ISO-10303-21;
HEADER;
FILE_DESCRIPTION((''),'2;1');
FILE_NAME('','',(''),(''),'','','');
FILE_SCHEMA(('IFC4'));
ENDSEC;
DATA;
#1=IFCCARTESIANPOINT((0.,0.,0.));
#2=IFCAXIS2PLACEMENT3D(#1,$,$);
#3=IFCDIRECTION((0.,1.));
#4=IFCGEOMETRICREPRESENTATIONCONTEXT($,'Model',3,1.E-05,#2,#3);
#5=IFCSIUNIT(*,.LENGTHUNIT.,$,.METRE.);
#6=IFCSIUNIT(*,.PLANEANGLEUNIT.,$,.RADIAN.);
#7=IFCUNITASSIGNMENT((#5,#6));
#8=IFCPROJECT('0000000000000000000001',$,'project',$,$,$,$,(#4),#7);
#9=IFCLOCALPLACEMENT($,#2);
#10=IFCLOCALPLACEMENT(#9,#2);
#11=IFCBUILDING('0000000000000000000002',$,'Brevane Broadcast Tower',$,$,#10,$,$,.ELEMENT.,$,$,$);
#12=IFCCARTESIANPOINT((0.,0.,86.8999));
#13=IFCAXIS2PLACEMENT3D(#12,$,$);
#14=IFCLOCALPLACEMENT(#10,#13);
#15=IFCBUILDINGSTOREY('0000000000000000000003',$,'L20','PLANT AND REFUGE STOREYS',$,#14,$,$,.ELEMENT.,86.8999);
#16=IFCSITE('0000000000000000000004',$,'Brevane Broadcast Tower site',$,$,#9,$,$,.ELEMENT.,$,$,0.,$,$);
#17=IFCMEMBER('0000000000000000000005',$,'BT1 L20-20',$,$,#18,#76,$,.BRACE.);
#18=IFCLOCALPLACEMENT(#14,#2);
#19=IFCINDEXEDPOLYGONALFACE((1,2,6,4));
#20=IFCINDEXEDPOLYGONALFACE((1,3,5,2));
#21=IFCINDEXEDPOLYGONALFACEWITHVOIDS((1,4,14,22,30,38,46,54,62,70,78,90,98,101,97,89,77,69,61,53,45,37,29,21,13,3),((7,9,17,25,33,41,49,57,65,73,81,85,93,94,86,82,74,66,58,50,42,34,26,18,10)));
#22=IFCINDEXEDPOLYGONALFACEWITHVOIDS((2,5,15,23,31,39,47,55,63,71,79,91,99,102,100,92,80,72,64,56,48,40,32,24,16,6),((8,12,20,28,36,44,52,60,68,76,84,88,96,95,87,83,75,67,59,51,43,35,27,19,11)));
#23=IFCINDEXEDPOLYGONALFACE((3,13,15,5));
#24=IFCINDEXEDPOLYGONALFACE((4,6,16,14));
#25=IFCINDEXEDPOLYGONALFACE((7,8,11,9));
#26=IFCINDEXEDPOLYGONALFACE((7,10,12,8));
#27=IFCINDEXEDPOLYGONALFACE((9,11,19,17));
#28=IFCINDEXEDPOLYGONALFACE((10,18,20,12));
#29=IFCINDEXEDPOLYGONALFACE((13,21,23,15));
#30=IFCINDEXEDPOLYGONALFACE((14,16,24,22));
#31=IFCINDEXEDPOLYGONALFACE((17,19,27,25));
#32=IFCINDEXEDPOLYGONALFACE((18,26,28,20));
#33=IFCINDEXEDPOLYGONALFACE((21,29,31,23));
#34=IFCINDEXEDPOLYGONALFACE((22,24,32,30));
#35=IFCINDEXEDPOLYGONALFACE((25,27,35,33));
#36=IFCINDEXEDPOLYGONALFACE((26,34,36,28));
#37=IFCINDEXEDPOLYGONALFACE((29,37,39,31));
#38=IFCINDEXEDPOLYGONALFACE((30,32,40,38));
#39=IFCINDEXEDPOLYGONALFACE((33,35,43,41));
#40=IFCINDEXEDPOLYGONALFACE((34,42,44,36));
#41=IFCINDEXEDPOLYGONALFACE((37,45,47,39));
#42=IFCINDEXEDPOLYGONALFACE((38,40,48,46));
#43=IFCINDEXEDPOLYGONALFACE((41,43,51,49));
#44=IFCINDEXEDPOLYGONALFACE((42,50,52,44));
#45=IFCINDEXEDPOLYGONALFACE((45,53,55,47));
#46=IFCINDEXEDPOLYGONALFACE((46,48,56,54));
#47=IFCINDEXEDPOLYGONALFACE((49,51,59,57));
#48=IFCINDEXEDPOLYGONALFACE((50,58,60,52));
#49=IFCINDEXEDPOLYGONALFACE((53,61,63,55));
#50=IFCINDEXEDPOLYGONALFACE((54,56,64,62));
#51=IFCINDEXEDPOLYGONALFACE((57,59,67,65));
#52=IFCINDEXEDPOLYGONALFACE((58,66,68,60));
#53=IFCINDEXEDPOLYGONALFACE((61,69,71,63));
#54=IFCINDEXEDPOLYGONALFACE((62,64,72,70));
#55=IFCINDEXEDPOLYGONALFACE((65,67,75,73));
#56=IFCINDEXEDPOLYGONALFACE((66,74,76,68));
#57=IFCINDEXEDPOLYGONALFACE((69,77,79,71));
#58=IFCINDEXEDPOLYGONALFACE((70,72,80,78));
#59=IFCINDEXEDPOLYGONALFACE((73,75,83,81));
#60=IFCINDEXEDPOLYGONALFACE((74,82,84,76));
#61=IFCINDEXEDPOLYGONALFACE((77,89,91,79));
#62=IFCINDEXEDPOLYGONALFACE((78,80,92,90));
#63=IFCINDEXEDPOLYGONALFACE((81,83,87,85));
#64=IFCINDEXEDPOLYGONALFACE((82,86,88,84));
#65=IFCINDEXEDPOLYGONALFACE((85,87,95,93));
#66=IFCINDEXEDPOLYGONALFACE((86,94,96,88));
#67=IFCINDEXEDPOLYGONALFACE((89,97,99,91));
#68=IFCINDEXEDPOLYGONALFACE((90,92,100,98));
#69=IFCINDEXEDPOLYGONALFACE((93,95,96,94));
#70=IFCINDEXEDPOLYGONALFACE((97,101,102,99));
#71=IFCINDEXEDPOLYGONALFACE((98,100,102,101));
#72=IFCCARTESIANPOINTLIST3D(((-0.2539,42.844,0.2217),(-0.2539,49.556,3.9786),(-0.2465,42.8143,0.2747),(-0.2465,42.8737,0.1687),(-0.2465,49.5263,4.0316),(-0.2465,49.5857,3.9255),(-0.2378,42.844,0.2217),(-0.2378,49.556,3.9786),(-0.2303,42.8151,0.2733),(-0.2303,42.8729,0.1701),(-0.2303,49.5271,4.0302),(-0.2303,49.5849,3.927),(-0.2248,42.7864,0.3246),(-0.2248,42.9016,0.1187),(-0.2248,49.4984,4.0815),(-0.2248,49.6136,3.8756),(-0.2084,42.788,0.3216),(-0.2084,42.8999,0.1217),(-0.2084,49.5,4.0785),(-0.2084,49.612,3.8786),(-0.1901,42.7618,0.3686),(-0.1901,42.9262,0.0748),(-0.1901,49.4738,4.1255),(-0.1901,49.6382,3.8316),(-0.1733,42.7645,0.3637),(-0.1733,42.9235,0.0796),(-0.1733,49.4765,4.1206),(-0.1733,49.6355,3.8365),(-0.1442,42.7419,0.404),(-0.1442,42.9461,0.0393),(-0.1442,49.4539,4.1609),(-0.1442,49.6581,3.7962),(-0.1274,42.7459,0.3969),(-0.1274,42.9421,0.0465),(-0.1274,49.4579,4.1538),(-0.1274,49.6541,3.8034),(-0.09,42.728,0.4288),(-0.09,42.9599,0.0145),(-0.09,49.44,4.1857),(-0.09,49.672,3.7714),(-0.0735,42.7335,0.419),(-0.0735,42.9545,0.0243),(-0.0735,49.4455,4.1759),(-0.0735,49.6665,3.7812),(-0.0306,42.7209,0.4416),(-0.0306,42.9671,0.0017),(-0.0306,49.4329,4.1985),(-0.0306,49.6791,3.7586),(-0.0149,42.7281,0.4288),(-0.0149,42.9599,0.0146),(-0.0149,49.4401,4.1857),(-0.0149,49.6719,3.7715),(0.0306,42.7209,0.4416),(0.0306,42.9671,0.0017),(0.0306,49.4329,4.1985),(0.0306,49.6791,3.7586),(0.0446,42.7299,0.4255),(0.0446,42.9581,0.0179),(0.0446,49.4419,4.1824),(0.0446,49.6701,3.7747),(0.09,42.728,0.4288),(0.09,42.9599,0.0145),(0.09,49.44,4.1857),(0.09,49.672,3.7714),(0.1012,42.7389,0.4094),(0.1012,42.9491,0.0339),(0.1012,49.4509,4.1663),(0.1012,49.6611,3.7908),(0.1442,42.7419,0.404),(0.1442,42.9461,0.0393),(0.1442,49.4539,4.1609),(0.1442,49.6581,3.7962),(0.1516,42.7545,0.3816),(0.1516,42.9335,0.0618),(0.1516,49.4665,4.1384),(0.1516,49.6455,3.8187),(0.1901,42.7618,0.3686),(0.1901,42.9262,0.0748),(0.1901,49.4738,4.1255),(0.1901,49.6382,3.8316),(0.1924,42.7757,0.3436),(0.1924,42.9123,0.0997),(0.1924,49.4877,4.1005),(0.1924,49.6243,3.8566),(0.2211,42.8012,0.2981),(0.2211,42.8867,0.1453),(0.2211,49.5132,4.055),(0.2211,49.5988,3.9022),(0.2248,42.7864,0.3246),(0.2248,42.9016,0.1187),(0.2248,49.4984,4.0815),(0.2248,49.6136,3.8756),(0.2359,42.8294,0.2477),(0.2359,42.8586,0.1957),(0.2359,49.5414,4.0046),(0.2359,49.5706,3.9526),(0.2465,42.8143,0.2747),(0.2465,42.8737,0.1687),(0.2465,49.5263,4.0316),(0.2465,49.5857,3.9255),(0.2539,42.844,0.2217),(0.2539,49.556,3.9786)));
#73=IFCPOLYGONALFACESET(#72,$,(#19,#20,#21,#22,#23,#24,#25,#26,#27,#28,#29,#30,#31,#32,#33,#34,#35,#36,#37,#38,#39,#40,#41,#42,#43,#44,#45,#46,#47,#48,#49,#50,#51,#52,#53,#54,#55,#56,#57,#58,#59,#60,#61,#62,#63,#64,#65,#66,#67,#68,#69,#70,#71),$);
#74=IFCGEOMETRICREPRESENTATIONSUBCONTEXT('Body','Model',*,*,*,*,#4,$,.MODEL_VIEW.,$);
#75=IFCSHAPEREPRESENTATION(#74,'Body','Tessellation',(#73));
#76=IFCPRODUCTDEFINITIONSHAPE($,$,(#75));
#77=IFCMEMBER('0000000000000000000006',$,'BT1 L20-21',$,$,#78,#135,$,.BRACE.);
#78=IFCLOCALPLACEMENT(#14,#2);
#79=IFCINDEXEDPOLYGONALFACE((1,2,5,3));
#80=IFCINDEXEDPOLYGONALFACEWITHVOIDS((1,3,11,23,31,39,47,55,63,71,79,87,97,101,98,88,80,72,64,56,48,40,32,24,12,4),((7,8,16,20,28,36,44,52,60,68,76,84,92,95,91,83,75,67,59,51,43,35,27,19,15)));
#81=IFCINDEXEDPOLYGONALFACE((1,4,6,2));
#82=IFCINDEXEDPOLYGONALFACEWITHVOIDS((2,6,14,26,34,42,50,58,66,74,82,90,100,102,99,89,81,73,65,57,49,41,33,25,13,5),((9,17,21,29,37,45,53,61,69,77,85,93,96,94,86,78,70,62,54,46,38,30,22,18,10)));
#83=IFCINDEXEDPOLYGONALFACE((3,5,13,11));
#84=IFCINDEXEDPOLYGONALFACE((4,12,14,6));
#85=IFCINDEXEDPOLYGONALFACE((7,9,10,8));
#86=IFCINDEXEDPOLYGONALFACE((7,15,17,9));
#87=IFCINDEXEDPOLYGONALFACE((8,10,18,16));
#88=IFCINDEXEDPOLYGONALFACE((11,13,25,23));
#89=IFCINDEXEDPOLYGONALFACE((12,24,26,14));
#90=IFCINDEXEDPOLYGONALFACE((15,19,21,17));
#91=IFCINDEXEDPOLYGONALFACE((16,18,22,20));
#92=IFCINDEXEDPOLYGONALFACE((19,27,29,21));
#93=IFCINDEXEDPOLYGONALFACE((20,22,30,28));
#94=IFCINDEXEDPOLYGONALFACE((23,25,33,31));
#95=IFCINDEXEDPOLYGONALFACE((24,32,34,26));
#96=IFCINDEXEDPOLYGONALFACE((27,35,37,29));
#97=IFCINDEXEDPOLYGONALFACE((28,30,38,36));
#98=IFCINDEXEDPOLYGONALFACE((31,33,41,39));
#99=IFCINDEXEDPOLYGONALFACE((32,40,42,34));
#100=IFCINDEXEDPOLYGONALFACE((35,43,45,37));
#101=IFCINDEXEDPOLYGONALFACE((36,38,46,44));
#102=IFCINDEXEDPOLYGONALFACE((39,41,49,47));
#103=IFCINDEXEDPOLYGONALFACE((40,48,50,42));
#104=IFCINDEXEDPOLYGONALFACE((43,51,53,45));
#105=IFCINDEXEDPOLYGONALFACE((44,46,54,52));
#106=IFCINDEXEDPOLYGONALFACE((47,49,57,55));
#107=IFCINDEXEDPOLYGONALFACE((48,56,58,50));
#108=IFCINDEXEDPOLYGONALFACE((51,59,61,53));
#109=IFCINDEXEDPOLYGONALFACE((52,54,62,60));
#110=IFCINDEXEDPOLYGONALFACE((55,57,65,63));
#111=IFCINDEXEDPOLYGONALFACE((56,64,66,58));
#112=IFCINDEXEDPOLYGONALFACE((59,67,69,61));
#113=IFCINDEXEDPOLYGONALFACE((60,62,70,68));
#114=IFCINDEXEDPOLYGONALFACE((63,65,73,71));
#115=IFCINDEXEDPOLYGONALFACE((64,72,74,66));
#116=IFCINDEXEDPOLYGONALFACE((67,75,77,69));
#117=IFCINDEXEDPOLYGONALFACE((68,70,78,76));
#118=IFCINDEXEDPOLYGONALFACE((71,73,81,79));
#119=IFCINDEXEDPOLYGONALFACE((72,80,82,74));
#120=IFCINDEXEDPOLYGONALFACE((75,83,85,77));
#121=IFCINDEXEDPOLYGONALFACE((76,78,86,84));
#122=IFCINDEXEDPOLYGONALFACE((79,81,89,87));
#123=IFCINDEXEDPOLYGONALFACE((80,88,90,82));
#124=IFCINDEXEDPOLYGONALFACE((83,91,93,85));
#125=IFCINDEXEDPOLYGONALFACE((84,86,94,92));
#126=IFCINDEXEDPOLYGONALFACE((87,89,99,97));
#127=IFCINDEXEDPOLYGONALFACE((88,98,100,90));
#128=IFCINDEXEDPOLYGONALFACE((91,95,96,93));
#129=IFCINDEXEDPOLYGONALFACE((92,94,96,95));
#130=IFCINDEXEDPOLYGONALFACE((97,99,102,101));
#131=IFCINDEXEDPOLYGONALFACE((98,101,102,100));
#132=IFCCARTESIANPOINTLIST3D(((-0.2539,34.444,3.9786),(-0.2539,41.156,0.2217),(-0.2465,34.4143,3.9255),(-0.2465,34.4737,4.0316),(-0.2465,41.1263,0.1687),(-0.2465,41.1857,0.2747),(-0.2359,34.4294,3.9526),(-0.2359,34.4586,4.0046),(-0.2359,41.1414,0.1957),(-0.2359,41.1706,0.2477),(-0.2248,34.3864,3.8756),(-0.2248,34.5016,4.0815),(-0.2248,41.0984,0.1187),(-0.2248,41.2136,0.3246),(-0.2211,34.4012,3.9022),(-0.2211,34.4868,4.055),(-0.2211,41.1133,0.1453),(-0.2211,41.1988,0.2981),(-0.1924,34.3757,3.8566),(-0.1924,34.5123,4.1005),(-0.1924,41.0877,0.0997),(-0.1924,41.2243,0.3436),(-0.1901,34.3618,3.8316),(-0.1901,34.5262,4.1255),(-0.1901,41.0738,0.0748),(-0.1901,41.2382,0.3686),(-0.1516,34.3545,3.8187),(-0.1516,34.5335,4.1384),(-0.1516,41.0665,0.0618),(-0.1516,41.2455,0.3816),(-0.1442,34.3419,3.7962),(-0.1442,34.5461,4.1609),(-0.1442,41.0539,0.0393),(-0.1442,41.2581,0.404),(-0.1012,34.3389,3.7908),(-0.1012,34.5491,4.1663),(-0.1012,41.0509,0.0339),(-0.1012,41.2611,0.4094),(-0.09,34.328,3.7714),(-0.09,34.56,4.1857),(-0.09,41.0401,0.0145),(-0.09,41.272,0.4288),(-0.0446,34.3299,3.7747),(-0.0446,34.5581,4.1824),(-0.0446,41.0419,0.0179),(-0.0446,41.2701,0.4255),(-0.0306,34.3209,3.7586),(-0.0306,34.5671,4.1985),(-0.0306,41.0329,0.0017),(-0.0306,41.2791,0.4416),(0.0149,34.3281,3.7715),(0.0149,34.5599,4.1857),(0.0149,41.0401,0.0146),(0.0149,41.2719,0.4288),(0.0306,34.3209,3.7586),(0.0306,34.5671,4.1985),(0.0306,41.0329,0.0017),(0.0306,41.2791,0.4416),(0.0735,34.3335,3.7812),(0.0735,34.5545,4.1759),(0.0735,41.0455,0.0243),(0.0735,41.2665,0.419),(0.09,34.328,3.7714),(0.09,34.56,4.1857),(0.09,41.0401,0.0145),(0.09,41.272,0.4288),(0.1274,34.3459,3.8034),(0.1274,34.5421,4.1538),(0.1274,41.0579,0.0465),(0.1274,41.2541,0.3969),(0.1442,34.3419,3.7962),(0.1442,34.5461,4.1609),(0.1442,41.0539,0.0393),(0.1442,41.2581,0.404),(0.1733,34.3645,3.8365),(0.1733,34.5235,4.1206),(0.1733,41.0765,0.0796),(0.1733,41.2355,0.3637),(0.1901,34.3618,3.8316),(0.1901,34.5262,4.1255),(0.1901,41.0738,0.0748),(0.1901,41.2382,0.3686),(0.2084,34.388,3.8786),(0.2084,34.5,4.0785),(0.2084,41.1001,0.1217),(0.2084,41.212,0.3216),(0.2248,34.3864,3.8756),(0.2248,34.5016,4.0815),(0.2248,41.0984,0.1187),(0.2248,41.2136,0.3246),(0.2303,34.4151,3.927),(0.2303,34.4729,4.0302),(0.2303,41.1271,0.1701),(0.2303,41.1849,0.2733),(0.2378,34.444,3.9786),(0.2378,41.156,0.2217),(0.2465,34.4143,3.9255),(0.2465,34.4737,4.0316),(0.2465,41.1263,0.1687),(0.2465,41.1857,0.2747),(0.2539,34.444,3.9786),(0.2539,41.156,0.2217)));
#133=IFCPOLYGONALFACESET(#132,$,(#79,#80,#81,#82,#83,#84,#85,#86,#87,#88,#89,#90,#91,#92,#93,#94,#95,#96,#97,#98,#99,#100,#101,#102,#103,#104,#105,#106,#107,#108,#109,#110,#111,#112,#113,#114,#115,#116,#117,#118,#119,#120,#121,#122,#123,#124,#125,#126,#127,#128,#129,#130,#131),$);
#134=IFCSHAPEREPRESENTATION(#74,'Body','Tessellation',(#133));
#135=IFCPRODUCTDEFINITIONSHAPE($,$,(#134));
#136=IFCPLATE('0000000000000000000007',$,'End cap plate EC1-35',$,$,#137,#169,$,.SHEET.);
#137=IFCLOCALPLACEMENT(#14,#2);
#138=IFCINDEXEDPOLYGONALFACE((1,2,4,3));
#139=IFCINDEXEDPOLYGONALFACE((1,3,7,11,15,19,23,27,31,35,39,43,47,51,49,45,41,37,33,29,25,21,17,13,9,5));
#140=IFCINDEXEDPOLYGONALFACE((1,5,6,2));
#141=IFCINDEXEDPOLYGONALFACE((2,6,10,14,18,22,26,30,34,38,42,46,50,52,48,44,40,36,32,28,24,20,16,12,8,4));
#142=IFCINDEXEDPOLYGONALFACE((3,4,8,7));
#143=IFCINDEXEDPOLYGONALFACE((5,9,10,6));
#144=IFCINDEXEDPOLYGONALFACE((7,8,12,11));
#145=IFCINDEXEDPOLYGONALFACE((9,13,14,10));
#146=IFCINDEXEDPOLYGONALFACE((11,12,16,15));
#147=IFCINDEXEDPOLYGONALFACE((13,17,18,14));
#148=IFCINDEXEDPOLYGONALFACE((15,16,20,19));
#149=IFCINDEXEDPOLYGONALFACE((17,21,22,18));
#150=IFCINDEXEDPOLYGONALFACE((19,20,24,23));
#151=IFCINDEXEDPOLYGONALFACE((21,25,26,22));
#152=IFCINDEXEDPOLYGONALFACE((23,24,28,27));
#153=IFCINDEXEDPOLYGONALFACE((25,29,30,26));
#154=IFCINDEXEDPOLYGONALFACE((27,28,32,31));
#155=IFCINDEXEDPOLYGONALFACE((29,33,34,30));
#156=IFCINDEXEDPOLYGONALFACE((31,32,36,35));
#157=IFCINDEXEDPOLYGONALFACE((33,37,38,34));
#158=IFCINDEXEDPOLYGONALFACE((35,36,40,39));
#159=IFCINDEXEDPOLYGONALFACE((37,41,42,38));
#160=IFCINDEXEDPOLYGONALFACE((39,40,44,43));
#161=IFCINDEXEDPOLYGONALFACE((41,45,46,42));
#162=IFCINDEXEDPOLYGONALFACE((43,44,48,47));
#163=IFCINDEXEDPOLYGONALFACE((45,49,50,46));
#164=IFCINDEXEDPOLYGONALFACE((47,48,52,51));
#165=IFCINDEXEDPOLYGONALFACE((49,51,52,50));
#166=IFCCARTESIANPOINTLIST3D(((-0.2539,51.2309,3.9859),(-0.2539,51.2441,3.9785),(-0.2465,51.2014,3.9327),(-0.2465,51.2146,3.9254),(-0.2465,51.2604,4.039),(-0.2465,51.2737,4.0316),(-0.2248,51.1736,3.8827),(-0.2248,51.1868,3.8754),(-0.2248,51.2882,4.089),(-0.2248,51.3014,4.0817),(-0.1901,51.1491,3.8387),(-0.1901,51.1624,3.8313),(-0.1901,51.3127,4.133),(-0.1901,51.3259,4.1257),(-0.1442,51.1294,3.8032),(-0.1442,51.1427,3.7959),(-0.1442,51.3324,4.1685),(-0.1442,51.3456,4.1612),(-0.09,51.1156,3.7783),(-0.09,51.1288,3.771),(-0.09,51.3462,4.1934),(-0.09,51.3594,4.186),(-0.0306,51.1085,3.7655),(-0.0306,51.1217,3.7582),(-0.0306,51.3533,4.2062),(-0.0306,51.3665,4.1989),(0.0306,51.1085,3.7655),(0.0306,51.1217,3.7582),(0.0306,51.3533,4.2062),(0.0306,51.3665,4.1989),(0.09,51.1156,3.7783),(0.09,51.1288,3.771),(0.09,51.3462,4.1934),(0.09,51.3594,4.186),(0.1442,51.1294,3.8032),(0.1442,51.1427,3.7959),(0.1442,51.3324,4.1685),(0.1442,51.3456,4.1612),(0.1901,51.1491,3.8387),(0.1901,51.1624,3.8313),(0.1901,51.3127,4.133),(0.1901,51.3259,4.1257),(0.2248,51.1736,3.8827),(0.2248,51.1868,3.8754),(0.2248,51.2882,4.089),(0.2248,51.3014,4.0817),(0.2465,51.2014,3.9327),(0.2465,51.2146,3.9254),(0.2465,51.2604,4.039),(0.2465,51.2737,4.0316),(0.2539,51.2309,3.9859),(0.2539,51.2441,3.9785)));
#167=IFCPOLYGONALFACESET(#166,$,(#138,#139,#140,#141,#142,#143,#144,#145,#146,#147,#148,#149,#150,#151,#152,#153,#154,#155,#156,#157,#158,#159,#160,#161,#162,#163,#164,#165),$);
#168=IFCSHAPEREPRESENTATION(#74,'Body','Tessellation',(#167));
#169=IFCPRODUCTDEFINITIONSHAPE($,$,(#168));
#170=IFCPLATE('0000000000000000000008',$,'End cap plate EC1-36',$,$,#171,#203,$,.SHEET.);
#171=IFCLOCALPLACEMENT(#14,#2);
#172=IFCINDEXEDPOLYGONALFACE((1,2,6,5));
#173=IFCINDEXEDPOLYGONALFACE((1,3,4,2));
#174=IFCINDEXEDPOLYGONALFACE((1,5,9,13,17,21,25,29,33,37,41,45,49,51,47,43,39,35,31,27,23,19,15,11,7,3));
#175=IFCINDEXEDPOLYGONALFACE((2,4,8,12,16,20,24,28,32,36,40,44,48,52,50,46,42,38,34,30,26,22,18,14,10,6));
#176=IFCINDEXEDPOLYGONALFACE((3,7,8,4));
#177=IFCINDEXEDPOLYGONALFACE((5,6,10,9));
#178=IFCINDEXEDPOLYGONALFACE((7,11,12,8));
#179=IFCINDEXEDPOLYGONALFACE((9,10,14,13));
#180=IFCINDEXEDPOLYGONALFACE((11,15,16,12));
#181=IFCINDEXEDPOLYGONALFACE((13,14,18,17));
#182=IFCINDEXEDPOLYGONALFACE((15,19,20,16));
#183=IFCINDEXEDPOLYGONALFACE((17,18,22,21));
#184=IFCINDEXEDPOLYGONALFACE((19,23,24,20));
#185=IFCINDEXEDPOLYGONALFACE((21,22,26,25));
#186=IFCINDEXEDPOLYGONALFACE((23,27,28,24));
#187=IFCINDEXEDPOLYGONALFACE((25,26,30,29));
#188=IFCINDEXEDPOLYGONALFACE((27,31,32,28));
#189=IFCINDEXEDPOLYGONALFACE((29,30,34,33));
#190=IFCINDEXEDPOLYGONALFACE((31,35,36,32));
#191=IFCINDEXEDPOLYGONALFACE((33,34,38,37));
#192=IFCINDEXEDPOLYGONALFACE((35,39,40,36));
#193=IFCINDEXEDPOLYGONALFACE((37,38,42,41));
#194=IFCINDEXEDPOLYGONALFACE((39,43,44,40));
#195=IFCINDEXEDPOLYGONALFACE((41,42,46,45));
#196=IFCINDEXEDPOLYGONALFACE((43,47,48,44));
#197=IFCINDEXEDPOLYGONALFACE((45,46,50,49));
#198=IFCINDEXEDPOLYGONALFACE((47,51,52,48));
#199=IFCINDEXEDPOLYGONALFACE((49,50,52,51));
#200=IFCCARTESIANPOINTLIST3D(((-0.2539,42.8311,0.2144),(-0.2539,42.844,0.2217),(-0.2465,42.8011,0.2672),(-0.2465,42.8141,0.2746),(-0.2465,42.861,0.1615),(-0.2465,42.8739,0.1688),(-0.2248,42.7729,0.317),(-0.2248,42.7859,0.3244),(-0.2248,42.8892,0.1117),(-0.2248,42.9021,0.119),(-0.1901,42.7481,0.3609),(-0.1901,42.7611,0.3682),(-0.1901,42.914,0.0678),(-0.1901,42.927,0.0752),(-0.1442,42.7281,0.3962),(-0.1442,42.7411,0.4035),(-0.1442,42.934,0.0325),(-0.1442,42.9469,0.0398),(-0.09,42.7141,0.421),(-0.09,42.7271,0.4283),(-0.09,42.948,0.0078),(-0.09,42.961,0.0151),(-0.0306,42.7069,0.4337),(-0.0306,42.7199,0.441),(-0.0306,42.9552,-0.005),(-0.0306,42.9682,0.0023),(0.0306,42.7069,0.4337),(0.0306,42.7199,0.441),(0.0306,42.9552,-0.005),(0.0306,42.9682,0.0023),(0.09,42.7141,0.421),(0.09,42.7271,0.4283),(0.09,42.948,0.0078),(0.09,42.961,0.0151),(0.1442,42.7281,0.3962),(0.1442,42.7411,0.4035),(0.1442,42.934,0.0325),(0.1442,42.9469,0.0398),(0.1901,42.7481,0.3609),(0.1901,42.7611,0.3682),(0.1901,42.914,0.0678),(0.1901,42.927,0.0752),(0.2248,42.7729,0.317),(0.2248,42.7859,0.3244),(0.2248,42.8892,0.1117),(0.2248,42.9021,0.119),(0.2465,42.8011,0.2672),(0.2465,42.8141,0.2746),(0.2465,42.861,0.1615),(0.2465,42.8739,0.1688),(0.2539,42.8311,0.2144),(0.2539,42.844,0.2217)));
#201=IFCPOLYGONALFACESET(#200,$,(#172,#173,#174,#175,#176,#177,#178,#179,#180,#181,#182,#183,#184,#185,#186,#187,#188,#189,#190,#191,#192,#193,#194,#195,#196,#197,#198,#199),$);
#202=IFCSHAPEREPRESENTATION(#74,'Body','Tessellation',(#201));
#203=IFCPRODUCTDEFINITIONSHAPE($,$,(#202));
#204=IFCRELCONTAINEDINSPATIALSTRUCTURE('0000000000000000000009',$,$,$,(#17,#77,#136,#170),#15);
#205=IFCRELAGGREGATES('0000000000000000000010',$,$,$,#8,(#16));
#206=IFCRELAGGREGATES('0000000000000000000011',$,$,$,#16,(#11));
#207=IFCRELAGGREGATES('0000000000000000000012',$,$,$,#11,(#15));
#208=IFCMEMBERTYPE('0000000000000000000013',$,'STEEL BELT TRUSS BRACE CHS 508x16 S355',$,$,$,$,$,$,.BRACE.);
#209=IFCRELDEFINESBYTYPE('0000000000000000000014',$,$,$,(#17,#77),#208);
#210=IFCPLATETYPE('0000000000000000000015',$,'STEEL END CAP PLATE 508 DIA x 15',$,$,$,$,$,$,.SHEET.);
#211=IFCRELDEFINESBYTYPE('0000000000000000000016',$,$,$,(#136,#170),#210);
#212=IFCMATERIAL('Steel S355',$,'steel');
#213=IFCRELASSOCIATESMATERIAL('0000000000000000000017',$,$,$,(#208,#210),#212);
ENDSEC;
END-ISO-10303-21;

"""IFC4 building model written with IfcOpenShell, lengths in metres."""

from ifc_helpers import new_model, si_unit, direction, frame, origin, origin_2d, place, context, subcontext, project, spatial, circle, hollow_circle, extrude, material, material_profile, profile_set, type_object, element, save


model = new_model("IFC4")

# Units and contexts
model_context = context("Model", 3, precision=1e-05, world=origin(), true_north=direction((0.0, 1.0)))
body_context = subcontext(model_context, "Body", "Model", "MODEL_VIEW")
ifc_project = project(units=[si_unit("LENGTHUNIT", "METRE"), si_unit("PLANEANGLEUNIT", "RADIAN")], contexts=[model_context])

# Site, building, storey
site_placement = place(None, origin())
site = spatial("IfcSite", under=ifc_project, at=site_placement, Name="Brevane Broadcast Tower site", CompositionType="ELEMENT", RefElevation=0.0)
building_placement = place(site_placement, origin())
building = spatial("IfcBuilding", under=site, at=building_placement, Name="Brevane Broadcast Tower", CompositionType="ELEMENT")
storey_placement = place(building_placement, frame((0.0, 0.0, 86.8999)))
storey = spatial("IfcBuildingStorey", under=building, at=storey_placement, Name="L20", Description="PLANT AND REFUGE STOREYS", CompositionType="ELEMENT", Elevation=86.8999)

# Members
ifc_material_1 = material(Name="Steel S355", Category="steel")
ifc_material_profile_1 = material_profile(ifc_material_1, hollow_circle(Radius=0.2539, WallThickness=0.0161, at=origin_2d()), Name="CHS 508x16")
ifc_profile_set_1 = profile_set([ifc_material_profile_1], Name="Steel S355")
member_type_1 = type_object("IfcMemberType", Name="STEEL BELT TRUSS BRACE CHS 508x16 S355", PredefinedType="BRACE", material=ifc_profile_set_1)
for number, where, z_axis, x_axis, name in (
    (1, (0.0, 42.844, 0.2217), (0.0, 0.872608, 0.488422), (-1.0, 0.0, 0.0), "BT1 L20-20"),
    (2, (0.0, 41.156, 0.2217), (0.0, -0.872608, 0.488422), (1.0, 0.0, 0.0), "BT1 L20-21"),
):
    element("IfcMember", number, at=place(storey_placement, frame(where, z_axis=z_axis, x_axis=x_axis)), inside=storey, type_object=member_type_1, Name=name, PredefinedType="BRACE", context=body_context, shape_type="SweptSolid", body=[
        extrude(hollow_circle(Radius=0.2539, WallThickness=0.0161, at=origin_2d()), origin(), (0.0, 0.0, 1.0), 7.6919),
    ])

# Plates
ifc_material_profile_2 = material_profile(ifc_material_1, circle(Radius=0.2539, at=origin_2d()), Name="PL 508 DIA x 15")
ifc_profile_set_2 = profile_set([ifc_material_profile_2], Name="Steel S355")
plate_type = type_object("IfcPlateType", Name="STEEL END CAP PLATE 508 DIA x 15", PredefinedType="SHEET", material=ifc_profile_set_2)
plate_1_placement = place(storey_placement, frame((0.0, 51.2441, 3.9785), z_axis=(0.0, -0.874157, 0.485643), x_axis=(1.0, 0.0, 0.0)))
element("IfcPlate", 3, at=plate_1_placement, inside=storey, type_object=plate_type, Name="End cap plate EC1-35", PredefinedType="SHEET", context=body_context, shape_type="SweptSolid", body=[
    extrude(circle(Radius=0.2539, at=origin_2d()), origin(), (0.0, 0.0, 1.0), 0.0151),
])
plate_2_placement = place(storey_placement, frame((0.0, 42.8311, 0.2144), z_axis=(0.0, 0.870257, 0.492598), x_axis=(-1.0, 0.0, 0.0)))
element("IfcPlate", 4, at=plate_2_placement, inside=storey, type_object=plate_type, Name="End cap plate EC1-36", PredefinedType="SHEET", context=body_context, shape_type="SweptSolid", body=[
    extrude(circle(Radius=0.2539, at=origin_2d()), origin(), (0.0, 0.0, 1.0), 0.0149),
])

save(model, "model.ifc")
